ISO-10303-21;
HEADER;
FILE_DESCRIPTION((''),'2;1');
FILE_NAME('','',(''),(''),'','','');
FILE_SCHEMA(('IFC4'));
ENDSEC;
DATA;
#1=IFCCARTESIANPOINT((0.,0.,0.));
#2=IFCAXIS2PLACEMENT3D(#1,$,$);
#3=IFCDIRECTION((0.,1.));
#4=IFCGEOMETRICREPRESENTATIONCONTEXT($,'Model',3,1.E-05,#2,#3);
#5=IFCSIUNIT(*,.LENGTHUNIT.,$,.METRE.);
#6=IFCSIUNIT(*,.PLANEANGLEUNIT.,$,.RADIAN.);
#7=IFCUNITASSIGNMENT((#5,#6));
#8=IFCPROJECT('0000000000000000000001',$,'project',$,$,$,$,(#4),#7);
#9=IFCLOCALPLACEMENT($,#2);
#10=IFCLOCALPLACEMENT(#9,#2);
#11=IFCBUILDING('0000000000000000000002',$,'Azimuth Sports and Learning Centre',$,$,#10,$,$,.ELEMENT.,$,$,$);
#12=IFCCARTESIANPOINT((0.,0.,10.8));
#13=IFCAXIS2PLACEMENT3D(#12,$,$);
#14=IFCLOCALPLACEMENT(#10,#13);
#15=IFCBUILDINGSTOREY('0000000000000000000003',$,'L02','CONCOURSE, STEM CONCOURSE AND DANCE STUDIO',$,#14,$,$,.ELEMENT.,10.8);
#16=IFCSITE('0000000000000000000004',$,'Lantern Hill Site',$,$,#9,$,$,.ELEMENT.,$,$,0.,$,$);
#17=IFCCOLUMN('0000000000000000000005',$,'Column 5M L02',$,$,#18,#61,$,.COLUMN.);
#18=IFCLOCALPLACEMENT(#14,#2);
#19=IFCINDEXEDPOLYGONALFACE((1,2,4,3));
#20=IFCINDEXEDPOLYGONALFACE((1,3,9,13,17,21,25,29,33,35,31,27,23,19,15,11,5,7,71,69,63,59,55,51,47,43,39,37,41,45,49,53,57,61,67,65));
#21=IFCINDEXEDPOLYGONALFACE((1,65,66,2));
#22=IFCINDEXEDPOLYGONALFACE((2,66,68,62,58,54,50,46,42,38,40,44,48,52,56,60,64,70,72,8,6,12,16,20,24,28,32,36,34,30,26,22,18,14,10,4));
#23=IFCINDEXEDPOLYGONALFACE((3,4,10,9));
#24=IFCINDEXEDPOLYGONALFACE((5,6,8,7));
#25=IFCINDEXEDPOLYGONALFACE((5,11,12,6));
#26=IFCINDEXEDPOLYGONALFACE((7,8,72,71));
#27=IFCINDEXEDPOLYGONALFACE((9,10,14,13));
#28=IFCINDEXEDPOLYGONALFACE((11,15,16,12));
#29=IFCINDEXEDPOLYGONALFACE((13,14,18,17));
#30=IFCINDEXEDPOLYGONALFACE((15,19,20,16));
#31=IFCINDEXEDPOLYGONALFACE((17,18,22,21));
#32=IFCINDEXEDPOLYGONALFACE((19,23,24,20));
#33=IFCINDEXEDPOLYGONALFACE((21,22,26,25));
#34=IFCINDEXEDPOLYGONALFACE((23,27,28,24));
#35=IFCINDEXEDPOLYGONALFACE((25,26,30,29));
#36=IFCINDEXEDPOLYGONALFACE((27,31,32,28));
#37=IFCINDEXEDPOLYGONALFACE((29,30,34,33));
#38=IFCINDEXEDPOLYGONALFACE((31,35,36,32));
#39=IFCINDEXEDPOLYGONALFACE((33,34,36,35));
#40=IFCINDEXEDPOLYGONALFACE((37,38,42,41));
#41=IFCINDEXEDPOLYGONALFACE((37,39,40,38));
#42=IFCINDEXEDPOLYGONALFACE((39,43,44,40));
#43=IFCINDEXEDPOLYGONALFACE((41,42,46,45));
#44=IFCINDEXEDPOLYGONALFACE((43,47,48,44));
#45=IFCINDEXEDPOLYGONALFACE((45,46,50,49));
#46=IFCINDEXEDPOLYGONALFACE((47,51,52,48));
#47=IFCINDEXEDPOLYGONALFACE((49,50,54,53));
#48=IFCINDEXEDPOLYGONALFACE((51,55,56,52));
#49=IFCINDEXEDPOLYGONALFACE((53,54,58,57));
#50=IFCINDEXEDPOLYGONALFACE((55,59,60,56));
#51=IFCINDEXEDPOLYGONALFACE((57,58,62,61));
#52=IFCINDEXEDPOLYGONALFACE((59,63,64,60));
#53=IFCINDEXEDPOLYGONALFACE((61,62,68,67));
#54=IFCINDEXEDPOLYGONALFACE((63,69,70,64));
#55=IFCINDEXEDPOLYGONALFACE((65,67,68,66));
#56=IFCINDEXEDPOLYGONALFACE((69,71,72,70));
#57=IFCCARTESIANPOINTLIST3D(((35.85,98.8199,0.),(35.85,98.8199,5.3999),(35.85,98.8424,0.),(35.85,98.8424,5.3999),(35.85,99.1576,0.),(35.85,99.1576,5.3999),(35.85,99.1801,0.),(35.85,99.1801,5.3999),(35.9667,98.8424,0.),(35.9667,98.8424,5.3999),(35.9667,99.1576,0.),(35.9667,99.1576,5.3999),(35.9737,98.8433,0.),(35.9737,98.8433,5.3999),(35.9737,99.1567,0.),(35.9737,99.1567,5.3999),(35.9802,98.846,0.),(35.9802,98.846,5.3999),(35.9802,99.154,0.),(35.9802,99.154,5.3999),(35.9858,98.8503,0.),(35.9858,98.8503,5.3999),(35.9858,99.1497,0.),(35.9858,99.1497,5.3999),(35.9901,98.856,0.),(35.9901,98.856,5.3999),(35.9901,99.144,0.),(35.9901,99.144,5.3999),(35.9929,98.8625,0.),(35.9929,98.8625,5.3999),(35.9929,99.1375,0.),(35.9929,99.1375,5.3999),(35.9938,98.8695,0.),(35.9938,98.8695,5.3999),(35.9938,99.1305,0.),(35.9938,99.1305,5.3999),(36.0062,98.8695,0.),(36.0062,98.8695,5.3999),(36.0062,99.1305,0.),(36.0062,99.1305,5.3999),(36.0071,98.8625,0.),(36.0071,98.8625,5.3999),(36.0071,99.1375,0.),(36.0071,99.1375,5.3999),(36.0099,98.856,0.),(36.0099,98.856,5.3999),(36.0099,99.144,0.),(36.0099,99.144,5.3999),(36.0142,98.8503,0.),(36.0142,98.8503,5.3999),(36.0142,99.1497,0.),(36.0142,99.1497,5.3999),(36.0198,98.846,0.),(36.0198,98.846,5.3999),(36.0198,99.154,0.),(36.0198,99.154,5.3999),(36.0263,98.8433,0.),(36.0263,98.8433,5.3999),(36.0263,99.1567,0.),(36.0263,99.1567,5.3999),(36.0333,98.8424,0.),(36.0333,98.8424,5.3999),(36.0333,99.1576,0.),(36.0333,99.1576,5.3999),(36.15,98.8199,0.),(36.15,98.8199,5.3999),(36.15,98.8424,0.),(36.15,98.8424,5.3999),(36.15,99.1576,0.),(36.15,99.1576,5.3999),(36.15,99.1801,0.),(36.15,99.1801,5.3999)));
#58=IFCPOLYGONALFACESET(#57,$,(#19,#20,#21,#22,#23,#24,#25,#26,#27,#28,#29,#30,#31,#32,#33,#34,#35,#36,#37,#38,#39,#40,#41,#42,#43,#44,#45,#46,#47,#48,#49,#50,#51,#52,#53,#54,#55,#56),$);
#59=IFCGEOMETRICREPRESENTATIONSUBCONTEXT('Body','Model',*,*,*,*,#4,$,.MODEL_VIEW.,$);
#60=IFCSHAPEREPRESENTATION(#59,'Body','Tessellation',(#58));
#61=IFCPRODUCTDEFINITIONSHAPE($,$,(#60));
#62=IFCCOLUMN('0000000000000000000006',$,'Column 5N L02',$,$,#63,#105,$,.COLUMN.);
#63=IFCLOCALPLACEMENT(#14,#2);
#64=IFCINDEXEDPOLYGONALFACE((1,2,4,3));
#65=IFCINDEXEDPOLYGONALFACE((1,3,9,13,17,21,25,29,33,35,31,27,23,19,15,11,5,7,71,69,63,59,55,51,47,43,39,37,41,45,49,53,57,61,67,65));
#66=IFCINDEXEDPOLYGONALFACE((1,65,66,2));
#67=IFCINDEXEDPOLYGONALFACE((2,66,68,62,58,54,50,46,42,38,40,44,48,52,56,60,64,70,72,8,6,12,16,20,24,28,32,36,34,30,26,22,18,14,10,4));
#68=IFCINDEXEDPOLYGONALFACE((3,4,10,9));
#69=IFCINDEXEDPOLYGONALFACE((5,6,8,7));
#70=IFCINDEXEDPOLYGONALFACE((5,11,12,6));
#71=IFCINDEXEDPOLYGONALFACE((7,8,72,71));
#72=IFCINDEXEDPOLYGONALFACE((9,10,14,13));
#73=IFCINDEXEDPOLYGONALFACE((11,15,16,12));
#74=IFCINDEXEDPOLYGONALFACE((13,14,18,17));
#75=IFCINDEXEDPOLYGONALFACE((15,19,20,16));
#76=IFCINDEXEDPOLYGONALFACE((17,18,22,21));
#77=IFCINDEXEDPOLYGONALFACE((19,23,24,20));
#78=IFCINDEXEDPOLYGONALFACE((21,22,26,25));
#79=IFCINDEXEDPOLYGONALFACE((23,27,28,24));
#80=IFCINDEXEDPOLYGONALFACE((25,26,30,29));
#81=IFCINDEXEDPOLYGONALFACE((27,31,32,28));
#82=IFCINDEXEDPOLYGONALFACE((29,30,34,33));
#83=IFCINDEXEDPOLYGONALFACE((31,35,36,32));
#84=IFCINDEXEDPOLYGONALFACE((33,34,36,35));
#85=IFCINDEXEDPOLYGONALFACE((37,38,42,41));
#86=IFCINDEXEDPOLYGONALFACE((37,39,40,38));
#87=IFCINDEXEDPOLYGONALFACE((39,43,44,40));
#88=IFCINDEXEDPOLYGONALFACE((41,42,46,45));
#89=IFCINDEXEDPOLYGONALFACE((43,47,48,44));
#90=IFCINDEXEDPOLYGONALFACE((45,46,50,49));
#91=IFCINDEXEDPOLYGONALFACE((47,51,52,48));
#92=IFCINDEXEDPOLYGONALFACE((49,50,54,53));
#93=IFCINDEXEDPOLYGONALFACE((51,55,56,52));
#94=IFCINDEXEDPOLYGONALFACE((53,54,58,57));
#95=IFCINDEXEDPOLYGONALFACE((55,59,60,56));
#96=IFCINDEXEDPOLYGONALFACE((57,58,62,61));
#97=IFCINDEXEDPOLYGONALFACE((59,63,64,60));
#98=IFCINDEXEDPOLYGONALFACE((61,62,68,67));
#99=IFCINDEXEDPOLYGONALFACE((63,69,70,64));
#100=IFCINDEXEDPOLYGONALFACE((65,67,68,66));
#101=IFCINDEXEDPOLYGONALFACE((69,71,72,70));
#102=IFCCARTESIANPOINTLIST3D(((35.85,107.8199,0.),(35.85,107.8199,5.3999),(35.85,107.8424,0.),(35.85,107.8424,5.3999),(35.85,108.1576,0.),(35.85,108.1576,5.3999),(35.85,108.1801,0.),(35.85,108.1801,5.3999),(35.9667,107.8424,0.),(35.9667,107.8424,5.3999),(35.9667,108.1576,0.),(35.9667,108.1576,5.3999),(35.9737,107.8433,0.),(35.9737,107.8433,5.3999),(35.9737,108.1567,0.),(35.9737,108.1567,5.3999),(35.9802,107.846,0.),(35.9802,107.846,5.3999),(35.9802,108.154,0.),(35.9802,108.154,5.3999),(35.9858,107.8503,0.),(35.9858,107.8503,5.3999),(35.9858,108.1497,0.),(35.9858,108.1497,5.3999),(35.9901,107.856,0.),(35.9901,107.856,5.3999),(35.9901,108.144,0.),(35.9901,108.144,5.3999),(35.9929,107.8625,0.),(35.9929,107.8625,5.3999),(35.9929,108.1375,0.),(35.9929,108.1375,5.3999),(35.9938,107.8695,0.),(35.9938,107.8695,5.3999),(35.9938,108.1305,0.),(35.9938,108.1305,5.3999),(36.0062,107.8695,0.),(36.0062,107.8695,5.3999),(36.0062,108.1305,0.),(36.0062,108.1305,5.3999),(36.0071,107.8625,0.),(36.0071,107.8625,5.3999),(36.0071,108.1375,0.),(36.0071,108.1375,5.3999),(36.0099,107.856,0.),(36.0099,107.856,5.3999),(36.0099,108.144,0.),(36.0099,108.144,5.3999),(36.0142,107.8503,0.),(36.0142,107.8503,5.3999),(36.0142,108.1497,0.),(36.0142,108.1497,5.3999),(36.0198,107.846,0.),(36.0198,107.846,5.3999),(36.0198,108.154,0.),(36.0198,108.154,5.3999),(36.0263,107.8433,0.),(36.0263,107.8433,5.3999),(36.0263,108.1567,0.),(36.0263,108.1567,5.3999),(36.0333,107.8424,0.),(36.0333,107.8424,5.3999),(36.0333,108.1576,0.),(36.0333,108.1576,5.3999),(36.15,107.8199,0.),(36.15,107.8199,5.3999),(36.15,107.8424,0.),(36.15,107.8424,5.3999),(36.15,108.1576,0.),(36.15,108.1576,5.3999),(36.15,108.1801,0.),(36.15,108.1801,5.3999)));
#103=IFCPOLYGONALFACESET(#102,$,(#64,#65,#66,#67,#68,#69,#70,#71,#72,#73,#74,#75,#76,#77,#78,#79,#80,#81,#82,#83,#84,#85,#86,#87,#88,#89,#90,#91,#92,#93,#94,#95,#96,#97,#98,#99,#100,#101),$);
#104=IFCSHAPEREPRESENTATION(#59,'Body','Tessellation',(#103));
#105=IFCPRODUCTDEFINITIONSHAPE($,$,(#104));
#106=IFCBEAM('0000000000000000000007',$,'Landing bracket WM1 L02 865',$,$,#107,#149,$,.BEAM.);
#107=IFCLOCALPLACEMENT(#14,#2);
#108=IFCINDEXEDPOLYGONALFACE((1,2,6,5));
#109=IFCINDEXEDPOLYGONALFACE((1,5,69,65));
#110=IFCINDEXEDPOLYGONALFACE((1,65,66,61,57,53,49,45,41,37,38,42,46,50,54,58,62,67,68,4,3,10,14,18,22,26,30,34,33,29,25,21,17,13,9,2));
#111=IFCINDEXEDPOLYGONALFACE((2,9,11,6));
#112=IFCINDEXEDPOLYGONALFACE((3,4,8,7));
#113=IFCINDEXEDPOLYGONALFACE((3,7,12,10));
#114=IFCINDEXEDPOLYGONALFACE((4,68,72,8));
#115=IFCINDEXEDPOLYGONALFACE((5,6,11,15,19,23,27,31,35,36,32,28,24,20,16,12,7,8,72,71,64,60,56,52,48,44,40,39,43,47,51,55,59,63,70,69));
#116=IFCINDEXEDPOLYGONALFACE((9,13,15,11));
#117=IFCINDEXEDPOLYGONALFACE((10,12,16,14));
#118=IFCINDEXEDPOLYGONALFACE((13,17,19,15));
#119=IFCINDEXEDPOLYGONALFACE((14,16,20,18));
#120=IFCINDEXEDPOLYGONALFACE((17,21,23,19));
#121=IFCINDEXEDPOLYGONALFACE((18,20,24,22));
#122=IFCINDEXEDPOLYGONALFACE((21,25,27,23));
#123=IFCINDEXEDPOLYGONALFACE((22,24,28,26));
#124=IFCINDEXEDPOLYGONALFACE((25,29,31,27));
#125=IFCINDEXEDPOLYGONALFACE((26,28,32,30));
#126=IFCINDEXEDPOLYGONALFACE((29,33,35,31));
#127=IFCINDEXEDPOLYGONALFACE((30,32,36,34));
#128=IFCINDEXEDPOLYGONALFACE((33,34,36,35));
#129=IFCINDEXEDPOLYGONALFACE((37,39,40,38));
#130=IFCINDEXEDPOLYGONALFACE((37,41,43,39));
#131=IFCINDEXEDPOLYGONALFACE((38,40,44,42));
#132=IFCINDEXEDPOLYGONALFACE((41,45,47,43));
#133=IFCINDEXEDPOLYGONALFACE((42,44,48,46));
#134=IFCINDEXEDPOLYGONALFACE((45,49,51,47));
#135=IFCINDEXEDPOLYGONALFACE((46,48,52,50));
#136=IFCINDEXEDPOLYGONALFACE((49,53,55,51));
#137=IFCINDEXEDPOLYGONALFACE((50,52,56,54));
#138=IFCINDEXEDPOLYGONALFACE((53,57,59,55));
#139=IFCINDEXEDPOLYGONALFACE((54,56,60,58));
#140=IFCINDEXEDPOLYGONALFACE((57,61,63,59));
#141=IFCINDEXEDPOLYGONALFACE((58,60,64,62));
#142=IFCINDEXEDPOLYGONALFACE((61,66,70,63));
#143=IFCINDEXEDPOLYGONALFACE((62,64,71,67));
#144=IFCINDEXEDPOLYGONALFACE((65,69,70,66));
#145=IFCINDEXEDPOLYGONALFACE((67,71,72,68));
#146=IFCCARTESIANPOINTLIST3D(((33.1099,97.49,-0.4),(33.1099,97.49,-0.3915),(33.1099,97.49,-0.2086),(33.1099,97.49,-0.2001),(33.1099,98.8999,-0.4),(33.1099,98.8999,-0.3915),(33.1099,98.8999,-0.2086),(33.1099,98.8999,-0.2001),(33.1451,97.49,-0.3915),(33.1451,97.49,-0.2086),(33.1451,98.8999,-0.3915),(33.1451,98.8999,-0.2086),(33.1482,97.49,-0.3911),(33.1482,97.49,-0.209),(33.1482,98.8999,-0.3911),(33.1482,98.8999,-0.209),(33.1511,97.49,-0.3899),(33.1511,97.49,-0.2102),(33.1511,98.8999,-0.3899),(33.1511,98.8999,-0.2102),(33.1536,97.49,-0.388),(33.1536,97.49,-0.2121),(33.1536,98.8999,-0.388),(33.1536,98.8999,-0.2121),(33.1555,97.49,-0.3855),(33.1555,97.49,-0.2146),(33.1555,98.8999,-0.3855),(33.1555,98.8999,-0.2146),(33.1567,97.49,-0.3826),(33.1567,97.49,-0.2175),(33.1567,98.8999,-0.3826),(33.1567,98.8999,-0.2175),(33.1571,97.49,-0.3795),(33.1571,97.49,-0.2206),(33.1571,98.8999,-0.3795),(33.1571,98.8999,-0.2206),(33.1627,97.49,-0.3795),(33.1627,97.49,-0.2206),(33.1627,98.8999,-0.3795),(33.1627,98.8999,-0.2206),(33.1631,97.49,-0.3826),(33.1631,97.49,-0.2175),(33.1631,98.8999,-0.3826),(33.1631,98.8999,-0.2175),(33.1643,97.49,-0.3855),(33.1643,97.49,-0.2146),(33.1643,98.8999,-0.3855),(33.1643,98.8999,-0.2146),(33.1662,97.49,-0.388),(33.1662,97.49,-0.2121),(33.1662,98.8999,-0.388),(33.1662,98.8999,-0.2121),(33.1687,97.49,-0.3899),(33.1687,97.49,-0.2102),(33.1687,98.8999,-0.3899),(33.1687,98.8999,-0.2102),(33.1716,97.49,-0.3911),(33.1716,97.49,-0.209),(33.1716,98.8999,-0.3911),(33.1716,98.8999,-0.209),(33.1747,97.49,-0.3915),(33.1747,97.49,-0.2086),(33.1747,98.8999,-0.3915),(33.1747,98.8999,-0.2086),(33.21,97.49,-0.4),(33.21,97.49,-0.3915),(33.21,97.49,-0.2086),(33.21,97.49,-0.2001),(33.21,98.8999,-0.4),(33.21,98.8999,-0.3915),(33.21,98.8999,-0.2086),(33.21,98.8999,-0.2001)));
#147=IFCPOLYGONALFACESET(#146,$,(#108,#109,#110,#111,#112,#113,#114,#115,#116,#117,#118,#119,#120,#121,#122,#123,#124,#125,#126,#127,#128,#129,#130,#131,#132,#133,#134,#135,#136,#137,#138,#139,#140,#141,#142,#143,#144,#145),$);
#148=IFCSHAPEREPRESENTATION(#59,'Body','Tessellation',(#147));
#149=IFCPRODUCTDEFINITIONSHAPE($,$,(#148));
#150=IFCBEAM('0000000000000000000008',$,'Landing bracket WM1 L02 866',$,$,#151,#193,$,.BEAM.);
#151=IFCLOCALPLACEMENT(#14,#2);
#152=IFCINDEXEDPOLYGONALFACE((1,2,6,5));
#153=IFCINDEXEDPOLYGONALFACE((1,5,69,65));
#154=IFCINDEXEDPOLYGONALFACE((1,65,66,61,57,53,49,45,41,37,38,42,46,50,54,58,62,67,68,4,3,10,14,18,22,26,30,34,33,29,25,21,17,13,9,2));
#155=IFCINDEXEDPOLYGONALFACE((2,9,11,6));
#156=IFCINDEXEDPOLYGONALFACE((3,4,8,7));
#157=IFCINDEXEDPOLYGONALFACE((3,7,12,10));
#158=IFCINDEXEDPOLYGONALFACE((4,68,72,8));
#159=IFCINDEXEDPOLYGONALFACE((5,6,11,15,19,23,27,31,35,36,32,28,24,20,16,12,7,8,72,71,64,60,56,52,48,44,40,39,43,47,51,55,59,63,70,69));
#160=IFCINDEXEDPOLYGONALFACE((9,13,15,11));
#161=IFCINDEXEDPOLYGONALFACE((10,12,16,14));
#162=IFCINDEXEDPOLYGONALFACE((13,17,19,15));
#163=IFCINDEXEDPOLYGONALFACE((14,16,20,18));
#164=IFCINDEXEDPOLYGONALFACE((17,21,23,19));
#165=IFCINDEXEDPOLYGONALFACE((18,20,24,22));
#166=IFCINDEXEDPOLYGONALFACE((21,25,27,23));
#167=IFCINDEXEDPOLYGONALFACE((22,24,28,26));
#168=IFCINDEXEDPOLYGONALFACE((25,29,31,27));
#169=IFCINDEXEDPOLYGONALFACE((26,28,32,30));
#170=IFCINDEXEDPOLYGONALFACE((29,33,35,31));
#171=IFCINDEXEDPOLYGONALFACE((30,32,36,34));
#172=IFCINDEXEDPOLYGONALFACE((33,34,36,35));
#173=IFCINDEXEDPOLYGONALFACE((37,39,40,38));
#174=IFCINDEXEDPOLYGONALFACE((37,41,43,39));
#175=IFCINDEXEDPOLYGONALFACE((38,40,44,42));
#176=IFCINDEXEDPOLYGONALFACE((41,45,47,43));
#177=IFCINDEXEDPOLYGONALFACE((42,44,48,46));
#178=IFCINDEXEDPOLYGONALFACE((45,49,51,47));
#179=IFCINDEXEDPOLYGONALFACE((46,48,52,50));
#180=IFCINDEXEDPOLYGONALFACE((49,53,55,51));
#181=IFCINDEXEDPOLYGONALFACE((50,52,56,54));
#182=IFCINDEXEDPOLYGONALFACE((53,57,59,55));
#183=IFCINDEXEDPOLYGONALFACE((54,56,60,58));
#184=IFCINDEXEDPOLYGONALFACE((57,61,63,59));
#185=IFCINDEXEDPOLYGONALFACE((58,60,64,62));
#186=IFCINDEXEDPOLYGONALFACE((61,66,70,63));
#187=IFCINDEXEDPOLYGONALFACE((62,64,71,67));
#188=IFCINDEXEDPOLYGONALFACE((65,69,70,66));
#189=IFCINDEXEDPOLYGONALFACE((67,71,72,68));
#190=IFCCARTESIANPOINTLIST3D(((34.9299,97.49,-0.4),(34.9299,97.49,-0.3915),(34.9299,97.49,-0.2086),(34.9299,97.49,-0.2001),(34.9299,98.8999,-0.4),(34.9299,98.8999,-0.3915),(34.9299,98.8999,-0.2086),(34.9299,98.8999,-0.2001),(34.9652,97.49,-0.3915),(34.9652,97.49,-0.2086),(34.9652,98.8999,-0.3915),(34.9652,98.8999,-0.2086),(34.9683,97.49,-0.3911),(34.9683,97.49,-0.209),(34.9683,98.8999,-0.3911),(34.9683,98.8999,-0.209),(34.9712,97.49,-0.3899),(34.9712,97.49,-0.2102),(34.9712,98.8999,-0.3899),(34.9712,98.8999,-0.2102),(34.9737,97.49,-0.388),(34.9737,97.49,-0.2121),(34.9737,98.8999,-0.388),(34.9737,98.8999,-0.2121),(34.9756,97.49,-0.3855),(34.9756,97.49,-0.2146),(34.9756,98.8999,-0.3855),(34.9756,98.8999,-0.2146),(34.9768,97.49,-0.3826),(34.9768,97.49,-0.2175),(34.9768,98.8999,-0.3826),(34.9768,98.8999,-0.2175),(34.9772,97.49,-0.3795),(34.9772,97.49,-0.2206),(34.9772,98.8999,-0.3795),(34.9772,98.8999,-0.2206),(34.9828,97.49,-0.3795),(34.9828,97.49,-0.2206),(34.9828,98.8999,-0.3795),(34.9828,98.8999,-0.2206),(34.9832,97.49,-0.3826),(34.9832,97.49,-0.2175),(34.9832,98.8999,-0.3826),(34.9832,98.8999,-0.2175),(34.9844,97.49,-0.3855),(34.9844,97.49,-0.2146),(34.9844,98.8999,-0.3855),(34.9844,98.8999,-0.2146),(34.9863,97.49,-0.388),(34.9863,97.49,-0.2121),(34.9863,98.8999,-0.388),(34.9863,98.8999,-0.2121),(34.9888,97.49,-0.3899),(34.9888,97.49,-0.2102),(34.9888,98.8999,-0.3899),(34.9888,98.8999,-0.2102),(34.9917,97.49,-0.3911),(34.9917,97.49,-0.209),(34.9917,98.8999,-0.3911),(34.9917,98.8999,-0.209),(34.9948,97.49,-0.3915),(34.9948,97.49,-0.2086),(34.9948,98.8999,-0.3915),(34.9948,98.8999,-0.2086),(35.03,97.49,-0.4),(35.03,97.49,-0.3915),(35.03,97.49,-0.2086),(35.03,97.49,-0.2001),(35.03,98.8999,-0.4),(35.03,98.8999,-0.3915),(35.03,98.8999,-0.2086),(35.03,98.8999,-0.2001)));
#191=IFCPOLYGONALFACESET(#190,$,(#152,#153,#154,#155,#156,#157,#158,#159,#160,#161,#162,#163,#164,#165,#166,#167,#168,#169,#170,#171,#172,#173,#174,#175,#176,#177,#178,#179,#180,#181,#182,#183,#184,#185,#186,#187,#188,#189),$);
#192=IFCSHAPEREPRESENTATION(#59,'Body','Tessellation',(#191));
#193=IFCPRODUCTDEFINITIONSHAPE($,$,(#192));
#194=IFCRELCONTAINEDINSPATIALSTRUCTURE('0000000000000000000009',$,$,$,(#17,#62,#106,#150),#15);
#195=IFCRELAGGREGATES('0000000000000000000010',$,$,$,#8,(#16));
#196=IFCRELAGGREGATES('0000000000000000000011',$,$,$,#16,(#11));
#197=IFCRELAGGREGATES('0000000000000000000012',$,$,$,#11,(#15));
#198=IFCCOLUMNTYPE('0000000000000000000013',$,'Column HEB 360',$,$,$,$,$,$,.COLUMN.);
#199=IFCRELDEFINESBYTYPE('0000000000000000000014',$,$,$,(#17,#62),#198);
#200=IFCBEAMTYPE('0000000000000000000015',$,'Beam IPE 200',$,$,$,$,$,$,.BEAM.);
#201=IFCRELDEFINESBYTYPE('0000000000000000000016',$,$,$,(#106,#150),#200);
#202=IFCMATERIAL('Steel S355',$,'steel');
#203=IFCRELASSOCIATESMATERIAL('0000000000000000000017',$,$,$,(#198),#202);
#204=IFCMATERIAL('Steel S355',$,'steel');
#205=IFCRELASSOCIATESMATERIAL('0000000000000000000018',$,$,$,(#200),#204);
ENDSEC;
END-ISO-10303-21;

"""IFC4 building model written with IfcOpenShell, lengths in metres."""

from ifc_helpers import new_model, si_unit, direction, frame, origin, origin_2d, place, context, subcontext, project, spatial, i_section, extrude, material, material_profile, profile_set, type_object, element, save


model = new_model("IFC4")

# Units and contexts
model_context = context("Model", 3, precision=1e-05, world=origin(), true_north=direction((0.0, 1.0)))
body_context = subcontext(model_context, "Body", "Model", "MODEL_VIEW")
ifc_project = project(units=[si_unit("LENGTHUNIT", "METRE"), si_unit("PLANEANGLEUNIT", "RADIAN")], contexts=[model_context])

# Site, building, storey
site_placement = place(None, origin())
site = spatial("IfcSite", under=ifc_project, at=site_placement, Name="Lantern Hill Site", CompositionType="ELEMENT", RefElevation=0.0)
building_placement = place(site_placement, origin())
building = spatial("IfcBuilding", under=site, at=building_placement, Name="Azimuth Sports and Learning Centre", CompositionType="ELEMENT")
storey_placement = place(building_placement, frame((0.0, 0.0, 10.8)))
storey = spatial("IfcBuildingStorey", under=building, at=storey_placement, Name="L02", Description="CONCOURSE, STEM CONCOURSE AND DANCE STUDIO", CompositionType="ELEMENT", Elevation=10.8)

# Columns
ifc_material_1 = material(Name="Steel S355", Category="steel")
ifc_material_profile_1 = material_profile(ifc_material_1, i_section(OverallWidth=0.3, OverallDepth=0.3601, WebThickness=0.0125, FlangeThickness=0.0225, FilletRadius=0.0271, at=origin_2d()), Name="HEB 360")
ifc_profile_set_1 = profile_set([ifc_material_profile_1], Name="Steel S355")
column_type = type_object("IfcColumnType", Name="Column HEB 360", PredefinedType="COLUMN", material=ifc_profile_set_1)
for number, where, z_axis, x_axis, name in (
    (1, (36.0, 99.0, 0.0), (0.0, 0.0, 1.0), (1.0, 0.0, 0.0), "Column 5M L02"),
    (2, (36.0, 108.0, 0.0), (0.0, 0.0, 1.0), (1.0, 0.0, 0.0), "Column 5N L02"),
):
    element("IfcColumn", number, at=place(storey_placement, frame(where, z_axis=z_axis, x_axis=x_axis)), inside=storey, type_object=column_type, Name=name, PredefinedType="COLUMN", context=body_context, shape_type="SweptSolid", body=[
        extrude(i_section(OverallWidth=0.3, OverallDepth=0.3601, WebThickness=0.0125, FlangeThickness=0.0225, FilletRadius=0.0271, at=origin_2d()), origin(), (0.0, 0.0, 1.0), 5.3999),
    ])

# Beams
ifc_material_2 = material(Name="Steel S355", Category="steel")
ifc_material_profile_2 = material_profile(ifc_material_2, i_section(OverallWidth=0.1001, OverallDepth=0.2, WebThickness=0.0056, FlangeThickness=0.0085, FilletRadius=0.012, at=origin_2d()), Name="IPE 200")
ifc_profile_set_2 = profile_set([ifc_material_profile_2], Name="Steel S355")
beam_type_1 = type_object("IfcBeamType", Name="Beam IPE 200", PredefinedType="BEAM", material=ifc_profile_set_2)
for number, where, z_axis, x_axis, name in (
    (3, (33.1599, 98.8999, -0.3), (0.0, -1.0, 0.0), (1.0, 0.0, 0.0), "Landing bracket WM1 L02 865"),
    (4, (34.98, 98.8999, -0.3), (0.0, -1.0, 0.0), (1.0, 0.0, 0.0), "Landing bracket WM1 L02 866"),
):
    element("IfcBeam", number, at=place(storey_placement, frame(where, z_axis=z_axis, x_axis=x_axis)), inside=storey, type_object=beam_type_1, Name=name, PredefinedType="BEAM", context=body_context, shape_type="SweptSolid", body=[
        extrude(i_section(OverallWidth=0.1001, OverallDepth=0.2, WebThickness=0.0056, FlangeThickness=0.0085, FilletRadius=0.012, at=origin_2d()), origin(), (0.0, 0.0, 1.0), 1.4099),
    ])

save(model, "model.ifc")
